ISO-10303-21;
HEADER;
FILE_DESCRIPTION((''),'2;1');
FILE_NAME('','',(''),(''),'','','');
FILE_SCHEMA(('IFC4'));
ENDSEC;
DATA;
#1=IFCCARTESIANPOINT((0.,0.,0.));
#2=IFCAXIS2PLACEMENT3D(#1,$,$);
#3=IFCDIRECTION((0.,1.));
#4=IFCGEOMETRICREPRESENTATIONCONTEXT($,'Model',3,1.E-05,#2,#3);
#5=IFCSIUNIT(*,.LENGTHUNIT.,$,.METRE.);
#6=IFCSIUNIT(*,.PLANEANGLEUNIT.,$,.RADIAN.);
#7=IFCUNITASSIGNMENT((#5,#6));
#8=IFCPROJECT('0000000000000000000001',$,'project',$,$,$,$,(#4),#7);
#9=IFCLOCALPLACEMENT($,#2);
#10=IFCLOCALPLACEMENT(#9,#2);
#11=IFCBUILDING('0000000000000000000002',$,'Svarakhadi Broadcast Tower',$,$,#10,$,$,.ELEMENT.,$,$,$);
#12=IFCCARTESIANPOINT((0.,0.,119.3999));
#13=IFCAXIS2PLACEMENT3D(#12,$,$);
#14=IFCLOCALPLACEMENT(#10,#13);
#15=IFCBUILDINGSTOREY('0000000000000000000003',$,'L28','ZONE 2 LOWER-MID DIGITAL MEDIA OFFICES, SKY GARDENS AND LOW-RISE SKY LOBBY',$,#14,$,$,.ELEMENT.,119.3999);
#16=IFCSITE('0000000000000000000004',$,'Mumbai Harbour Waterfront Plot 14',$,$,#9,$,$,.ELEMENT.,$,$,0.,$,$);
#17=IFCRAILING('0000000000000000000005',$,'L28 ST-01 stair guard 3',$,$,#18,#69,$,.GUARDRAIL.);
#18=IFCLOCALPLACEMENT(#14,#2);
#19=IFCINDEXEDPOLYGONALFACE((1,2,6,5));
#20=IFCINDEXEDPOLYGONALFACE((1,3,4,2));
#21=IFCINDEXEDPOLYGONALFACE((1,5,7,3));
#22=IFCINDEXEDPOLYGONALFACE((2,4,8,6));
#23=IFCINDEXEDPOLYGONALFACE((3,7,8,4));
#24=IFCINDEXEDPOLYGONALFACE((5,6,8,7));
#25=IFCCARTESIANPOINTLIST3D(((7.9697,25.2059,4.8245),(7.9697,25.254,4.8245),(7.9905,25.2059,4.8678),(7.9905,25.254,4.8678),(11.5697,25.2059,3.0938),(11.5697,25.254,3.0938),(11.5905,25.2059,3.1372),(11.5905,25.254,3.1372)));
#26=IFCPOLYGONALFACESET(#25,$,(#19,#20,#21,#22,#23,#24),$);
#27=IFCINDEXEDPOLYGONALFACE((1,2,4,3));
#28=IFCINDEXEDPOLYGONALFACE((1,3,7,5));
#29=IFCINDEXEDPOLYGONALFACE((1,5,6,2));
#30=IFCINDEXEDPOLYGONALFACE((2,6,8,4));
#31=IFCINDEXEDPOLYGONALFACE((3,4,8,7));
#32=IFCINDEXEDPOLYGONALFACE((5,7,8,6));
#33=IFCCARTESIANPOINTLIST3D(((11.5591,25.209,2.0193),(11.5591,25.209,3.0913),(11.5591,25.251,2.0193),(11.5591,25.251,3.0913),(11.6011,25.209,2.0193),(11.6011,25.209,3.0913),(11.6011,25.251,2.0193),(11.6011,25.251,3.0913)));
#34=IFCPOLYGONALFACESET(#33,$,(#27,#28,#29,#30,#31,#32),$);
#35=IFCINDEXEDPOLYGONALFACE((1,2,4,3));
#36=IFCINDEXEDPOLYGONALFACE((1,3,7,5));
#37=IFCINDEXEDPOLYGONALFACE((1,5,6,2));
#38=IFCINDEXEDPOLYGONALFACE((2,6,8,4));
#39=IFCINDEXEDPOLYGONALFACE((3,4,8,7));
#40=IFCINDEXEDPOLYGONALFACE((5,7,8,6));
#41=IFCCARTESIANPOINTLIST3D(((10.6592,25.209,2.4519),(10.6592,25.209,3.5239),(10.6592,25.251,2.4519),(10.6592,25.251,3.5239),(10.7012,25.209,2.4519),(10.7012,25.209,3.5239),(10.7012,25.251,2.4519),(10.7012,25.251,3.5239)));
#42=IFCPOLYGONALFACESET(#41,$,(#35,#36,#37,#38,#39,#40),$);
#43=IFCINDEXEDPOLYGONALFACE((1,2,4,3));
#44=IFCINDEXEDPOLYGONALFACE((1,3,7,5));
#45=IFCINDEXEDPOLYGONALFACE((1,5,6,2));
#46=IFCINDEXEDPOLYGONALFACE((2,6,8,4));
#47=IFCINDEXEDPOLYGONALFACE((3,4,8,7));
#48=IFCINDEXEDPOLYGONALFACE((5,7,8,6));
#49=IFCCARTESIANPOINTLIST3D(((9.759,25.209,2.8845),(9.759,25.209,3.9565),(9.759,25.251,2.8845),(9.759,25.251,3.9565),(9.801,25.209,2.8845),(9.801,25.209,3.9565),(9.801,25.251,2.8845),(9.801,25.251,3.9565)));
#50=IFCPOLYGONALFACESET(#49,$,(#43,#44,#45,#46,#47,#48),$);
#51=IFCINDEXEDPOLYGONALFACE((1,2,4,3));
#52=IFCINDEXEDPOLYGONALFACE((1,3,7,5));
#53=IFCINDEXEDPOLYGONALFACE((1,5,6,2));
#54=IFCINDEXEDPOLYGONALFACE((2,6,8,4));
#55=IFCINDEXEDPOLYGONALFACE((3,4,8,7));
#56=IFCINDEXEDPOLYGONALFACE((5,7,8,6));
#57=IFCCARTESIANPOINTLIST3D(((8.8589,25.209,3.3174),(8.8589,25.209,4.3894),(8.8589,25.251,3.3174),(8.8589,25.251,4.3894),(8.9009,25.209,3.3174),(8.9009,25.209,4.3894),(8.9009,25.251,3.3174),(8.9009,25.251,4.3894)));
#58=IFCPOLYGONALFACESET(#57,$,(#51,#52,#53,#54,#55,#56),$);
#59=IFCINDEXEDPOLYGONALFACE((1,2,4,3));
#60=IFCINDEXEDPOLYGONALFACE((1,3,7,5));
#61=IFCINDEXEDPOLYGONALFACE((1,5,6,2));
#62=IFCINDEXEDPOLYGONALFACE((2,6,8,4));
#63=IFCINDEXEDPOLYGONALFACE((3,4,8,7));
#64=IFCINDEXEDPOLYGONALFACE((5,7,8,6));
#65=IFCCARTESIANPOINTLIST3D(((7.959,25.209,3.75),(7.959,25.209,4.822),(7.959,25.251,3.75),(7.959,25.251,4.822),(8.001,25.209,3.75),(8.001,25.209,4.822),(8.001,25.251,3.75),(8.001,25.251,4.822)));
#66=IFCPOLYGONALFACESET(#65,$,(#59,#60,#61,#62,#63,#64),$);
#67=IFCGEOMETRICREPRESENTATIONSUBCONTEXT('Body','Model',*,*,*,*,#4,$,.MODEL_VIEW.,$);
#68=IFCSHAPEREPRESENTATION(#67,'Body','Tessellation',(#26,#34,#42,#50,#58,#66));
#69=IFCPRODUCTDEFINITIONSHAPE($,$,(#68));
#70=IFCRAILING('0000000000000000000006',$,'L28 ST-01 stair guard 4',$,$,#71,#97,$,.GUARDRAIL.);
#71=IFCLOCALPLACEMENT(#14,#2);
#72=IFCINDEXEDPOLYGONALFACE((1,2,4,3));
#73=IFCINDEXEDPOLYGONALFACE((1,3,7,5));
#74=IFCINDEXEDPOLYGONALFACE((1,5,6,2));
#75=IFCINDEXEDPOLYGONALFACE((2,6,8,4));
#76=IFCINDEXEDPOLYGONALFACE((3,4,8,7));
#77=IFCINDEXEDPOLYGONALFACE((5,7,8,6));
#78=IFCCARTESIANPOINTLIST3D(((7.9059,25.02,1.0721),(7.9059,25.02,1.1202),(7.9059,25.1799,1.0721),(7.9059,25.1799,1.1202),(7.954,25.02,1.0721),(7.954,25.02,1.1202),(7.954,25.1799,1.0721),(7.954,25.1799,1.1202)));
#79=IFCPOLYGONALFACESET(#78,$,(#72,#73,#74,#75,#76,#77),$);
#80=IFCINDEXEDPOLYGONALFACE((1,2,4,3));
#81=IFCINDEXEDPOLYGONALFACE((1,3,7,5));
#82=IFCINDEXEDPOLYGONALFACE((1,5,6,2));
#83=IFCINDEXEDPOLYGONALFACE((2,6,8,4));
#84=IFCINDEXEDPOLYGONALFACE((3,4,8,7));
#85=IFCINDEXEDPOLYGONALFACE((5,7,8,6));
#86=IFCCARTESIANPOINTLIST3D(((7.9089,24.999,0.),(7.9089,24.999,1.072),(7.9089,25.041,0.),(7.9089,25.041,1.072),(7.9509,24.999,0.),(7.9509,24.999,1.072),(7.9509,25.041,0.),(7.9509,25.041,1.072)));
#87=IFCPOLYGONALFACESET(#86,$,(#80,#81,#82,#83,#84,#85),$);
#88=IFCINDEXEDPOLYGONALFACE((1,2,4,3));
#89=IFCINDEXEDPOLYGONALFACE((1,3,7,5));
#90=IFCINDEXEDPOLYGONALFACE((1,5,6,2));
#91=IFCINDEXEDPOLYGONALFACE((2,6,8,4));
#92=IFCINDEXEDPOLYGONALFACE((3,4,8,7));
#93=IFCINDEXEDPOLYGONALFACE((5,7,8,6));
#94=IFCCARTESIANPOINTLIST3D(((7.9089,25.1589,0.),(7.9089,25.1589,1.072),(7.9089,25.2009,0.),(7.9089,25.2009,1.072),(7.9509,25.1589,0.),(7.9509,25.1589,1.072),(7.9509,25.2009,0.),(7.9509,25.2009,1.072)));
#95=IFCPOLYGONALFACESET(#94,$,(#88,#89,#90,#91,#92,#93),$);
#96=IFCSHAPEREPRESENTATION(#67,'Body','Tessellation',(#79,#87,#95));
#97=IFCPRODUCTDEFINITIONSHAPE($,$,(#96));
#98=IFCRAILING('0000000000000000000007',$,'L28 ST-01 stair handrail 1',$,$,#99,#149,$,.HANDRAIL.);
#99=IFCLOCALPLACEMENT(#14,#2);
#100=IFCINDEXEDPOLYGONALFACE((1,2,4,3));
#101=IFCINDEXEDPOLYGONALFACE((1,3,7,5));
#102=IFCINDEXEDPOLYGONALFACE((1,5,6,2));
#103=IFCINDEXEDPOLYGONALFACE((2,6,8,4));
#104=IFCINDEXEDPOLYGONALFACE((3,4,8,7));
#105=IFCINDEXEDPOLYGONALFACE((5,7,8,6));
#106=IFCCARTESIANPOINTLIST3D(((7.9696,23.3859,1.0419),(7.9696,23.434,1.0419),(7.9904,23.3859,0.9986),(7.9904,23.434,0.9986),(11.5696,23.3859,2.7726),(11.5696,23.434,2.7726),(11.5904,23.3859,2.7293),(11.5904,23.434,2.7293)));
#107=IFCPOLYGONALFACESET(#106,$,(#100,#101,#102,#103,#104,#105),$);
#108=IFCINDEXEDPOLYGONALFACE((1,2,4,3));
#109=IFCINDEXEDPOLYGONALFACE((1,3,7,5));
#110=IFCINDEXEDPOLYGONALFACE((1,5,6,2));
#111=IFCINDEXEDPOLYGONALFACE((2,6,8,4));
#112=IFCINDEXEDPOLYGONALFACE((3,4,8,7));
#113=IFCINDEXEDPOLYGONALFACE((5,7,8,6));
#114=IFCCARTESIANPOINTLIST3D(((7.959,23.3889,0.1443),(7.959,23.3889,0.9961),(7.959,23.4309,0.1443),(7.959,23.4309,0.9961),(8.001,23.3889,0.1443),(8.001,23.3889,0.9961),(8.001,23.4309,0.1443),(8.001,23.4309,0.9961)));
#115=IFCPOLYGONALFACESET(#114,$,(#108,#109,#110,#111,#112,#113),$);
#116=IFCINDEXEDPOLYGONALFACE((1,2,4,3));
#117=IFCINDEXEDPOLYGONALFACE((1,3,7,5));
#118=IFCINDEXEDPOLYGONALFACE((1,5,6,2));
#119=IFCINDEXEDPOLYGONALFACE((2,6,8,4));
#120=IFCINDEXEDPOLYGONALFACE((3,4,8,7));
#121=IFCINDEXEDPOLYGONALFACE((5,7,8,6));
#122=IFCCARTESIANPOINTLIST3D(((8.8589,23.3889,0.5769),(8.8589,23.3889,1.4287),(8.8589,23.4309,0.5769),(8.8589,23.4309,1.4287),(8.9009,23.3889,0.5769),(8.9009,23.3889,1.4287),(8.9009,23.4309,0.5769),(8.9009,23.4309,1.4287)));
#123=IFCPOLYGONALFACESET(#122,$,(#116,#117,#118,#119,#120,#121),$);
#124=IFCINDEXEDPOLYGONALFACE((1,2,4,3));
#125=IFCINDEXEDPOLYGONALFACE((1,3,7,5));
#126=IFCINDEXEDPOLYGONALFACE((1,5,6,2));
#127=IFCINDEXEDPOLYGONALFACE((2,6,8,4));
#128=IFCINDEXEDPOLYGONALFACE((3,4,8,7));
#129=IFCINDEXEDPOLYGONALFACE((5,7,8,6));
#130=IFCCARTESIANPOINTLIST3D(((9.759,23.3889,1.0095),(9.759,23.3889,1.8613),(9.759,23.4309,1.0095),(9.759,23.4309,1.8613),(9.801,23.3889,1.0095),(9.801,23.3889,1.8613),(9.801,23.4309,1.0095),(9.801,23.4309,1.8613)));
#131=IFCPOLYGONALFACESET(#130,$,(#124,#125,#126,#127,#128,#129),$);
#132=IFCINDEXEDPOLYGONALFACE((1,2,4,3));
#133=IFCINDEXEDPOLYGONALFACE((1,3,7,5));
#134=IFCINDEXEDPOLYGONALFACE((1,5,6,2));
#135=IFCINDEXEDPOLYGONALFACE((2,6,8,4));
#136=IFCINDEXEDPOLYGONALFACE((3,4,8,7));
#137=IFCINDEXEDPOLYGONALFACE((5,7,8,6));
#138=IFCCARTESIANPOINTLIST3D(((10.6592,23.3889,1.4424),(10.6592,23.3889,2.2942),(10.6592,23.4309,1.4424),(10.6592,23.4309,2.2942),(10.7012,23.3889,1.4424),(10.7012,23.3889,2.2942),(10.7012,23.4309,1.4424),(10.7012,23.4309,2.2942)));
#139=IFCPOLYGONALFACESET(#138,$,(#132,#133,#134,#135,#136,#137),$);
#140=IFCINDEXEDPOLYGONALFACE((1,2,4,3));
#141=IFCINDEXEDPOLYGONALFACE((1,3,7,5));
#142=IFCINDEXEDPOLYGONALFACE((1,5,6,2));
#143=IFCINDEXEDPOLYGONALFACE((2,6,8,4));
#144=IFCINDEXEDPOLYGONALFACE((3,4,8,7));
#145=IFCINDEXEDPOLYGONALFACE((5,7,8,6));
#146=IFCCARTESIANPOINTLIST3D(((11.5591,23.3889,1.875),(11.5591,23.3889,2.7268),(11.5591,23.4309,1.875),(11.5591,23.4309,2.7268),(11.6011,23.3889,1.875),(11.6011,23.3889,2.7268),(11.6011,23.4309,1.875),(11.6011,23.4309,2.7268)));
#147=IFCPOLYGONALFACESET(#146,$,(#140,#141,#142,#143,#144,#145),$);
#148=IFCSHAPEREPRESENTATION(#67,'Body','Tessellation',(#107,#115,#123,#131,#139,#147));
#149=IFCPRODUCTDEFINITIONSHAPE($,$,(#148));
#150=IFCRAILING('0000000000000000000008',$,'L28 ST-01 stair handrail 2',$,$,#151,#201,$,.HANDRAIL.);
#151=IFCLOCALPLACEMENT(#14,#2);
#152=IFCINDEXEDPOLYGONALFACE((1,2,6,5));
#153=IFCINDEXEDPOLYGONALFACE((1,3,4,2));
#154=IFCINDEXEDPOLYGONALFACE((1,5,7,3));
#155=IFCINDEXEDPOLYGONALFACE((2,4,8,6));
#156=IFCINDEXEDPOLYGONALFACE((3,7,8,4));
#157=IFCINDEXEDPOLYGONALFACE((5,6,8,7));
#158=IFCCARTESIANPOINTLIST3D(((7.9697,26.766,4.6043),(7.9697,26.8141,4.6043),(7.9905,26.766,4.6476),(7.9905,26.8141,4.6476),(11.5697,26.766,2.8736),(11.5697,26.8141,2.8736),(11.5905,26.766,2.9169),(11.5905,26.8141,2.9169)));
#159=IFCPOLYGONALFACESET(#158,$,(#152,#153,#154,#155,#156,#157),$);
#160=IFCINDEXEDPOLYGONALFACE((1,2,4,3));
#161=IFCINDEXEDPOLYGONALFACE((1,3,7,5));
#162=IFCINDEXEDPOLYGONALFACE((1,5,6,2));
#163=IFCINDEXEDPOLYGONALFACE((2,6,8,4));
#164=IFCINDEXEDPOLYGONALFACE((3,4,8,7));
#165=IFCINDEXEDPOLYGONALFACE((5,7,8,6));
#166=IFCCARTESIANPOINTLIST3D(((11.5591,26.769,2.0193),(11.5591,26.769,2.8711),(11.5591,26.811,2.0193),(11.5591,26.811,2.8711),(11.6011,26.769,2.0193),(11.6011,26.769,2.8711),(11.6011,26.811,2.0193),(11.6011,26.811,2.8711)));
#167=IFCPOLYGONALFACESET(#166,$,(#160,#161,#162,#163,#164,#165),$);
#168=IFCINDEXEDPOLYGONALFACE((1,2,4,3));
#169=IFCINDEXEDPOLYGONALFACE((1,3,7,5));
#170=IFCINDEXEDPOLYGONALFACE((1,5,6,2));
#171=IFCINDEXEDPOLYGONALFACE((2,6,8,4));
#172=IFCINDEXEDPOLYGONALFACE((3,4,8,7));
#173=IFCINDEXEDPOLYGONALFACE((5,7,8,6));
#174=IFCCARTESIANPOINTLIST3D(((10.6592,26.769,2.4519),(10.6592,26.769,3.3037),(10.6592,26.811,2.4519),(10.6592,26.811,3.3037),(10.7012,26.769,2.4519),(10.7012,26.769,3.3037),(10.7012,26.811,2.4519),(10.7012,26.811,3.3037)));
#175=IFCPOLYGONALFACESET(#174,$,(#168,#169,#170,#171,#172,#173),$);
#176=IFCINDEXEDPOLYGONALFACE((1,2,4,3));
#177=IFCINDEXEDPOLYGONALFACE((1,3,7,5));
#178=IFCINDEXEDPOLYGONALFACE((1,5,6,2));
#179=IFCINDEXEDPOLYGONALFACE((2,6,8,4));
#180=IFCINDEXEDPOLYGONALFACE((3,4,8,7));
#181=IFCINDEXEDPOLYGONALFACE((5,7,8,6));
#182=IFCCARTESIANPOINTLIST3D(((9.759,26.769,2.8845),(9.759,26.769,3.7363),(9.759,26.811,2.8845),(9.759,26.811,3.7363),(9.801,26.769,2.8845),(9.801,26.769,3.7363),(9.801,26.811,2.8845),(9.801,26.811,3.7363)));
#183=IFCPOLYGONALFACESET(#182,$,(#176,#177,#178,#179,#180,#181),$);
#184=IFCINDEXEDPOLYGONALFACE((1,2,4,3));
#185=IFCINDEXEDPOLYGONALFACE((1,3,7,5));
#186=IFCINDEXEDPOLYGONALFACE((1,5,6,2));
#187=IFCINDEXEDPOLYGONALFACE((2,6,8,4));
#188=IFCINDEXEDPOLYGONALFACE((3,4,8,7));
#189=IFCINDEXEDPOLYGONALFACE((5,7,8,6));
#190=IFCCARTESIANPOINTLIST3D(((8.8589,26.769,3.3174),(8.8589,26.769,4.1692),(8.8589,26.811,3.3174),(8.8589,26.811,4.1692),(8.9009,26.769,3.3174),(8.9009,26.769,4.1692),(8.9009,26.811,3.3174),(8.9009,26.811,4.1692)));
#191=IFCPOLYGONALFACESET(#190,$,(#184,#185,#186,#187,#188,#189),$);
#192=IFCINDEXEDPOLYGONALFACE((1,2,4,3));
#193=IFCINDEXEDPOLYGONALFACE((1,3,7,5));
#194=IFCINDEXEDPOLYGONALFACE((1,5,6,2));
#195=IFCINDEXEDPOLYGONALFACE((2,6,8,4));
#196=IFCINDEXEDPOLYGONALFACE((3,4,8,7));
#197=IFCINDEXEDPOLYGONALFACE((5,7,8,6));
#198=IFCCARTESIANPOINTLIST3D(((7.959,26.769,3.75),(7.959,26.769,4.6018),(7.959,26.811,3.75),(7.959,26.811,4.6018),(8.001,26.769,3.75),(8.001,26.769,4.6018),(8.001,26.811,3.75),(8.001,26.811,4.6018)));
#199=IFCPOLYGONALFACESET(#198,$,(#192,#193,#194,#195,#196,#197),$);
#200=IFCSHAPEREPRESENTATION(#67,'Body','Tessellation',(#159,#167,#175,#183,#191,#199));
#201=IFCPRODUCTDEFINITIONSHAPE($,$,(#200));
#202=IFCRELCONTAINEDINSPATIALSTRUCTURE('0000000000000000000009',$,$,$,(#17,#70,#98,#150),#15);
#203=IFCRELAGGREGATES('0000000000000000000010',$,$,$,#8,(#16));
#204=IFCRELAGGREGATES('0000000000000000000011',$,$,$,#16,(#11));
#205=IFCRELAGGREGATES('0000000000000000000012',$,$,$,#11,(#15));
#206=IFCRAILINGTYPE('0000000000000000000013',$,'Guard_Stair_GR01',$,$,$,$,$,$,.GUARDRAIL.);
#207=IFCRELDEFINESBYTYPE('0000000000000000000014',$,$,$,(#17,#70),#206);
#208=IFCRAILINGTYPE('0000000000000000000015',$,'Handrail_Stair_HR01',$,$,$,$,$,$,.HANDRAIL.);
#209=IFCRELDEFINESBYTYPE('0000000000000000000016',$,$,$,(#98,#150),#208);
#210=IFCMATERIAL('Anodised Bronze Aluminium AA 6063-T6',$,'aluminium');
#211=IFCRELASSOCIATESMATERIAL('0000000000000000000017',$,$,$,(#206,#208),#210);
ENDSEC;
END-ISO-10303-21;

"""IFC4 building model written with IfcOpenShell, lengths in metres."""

from ifc_helpers import new_model, si_unit, direction, frame, origin, origin_2d, place, context, subcontext, project, spatial, rectangle, extrude, material, type_object, element, save


model = new_model("IFC4")

# Units and contexts
model_context = context("Model", 3, precision=1e-05, world=origin(), true_north=direction((0.0, 1.0)))
body_context = subcontext(model_context, "Body", "Model", "MODEL_VIEW")
ifc_project = project(units=[si_unit("LENGTHUNIT", "METRE"), si_unit("PLANEANGLEUNIT", "RADIAN")], contexts=[model_context])

# Site, building, storey
site_placement = place(None, origin())
site = spatial("IfcSite", under=ifc_project, at=site_placement, Name="Mumbai Harbour Waterfront Plot 14", CompositionType="ELEMENT", RefElevation=0.0)
building_placement = place(site_placement, origin())
building = spatial("IfcBuilding", under=site, at=building_placement, Name="Svarakhadi Broadcast Tower", CompositionType="ELEMENT")
storey_placement = place(building_placement, frame((0.0, 0.0, 119.3999)))
storey = spatial("IfcBuildingStorey", under=building, at=storey_placement, Name="L28", Description="ZONE 2 LOWER-MID DIGITAL MEDIA OFFICES, SKY GARDENS AND LOW-RISE SKY LOBBY", CompositionType="ELEMENT", Elevation=119.3999)

# Railings
ifc_material_1 = material(Name="Anodised Bronze Aluminium AA 6063-T6", Category="aluminium")
railing_type_1 = type_object("IfcRailingType", Name="Guard_Stair_GR01", PredefinedType="GUARDRAIL", material=ifc_material_1)
railing_1_placement = place(storey_placement, frame((11.5801, 25.23, 2.0193)))
element("IfcRailing", 1, at=railing_1_placement, inside=storey, type_object=railing_type_1, Name="L28 ST-01 stair guard 3", PredefinedType="GUARDRAIL", context=body_context, shape_type="SweptSolid", body=[
    extrude(rectangle(XDim=0.0481, YDim=0.0481, at=origin_2d()), frame((0.0, 0.0, 1.0962), z_axis=(-0.901263, 0.0, 0.433273), x_axis=(0.0, -1.0, 0.0)), (0.0, 0.0, 1.0), 3.9944),
    extrude(rectangle(XDim=0.042, YDim=0.042, at=origin_2d()), origin(), (0.0, 0.0, 1.0), 1.072),
    extrude(rectangle(XDim=0.042, YDim=0.042, at=origin_2d()), frame((-0.8999, 0.0, 0.4326)), (0.0, 0.0, 1.0), 1.072),
    extrude(rectangle(XDim=0.042, YDim=0.042, at=origin_2d()), frame((-1.8, 0.0, 0.8652)), (0.0, 0.0, 1.0), 1.072),
    extrude(rectangle(XDim=0.042, YDim=0.042, at=origin_2d()), frame((-2.7002, 0.0, 1.2981)), (0.0, 0.0, 1.0), 1.072),
    extrude(rectangle(XDim=0.042, YDim=0.042, at=origin_2d()), frame((-3.6001, 0.0, 1.7307)), (0.0, 0.0, 1.0), 1.072),
])
railing_2_placement = place(storey_placement, frame((7.9299, 25.02, 0.0)))
element("IfcRailing", 2, at=railing_2_placement, inside=storey, type_object=railing_type_1, Name="L28 ST-01 stair guard 4", PredefinedType="GUARDRAIL", context=body_context, shape_type="SweptSolid", body=[
    extrude(rectangle(XDim=0.0481, YDim=0.0481, at=origin_2d()), frame((0.0, 0.0, 1.0962), z_axis=(0.0, 1.0, 0.0), x_axis=(-1.0, 0.0, 0.0)), (0.0, 0.0, 1.0), 0.1599),
    extrude(rectangle(XDim=0.042, YDim=0.042, at=origin_2d()), origin(), (0.0, 0.0, 1.0), 1.072),
    extrude(rectangle(XDim=0.042, YDim=0.042, at=origin_2d()), frame((0.0, 0.1599, 0.0)), (0.0, 0.0, 1.0), 1.072),
])
railing_type_2 = type_object("IfcRailingType", Name="Handrail_Stair_HR01", PredefinedType="HANDRAIL", material=ifc_material_1)
railing_3_placement = place(storey_placement, frame((7.98, 23.4099, 0.1443)))
element("IfcRailing", 3, at=railing_3_placement, inside=storey, type_object=railing_type_2, Name="L28 ST-01 stair handrail 1", PredefinedType="HANDRAIL", context=body_context, shape_type="SweptSolid", body=[
    extrude(rectangle(XDim=0.0481, YDim=0.0481, at=origin_2d()), frame((0.0, 0.0, 0.876), z_axis=(0.901263, 0.0, 0.433273), x_axis=(0.0, 1.0, 0.0)), (0.0, 0.0, 1.0), 3.9944),
    extrude(rectangle(XDim=0.042, YDim=0.042, at=origin_2d()), origin(), (0.0, 0.0, 1.0), 0.8518),
    extrude(rectangle(XDim=0.042, YDim=0.042, at=origin_2d()), frame((0.8999, 0.0, 0.4326)), (0.0, 0.0, 1.0), 0.8518),
    extrude(rectangle(XDim=0.042, YDim=0.042, at=origin_2d()), frame((1.8, 0.0, 0.8652)), (0.0, 0.0, 1.0), 0.8518),
    extrude(rectangle(XDim=0.042, YDim=0.042, at=origin_2d()), frame((2.7002, 0.0, 1.2981)), (0.0, 0.0, 1.0), 0.8518),
    extrude(rectangle(XDim=0.042, YDim=0.042, at=origin_2d()), frame((3.6001, 0.0, 1.7307)), (0.0, 0.0, 1.0), 0.8518),
])
railing_4_placement = place(storey_placement, frame((11.5801, 26.79, 2.0193)))
element("IfcRailing", 4, at=railing_4_placement, inside=storey, type_object=railing_type_2, Name="L28 ST-01 stair handrail 2", PredefinedType="HANDRAIL", context=body_context, shape_type="SweptSolid", body=[
    extrude(rectangle(XDim=0.0481, YDim=0.0481, at=origin_2d()), frame((0.0, 0.0, 0.876), z_axis=(-0.901263, 0.0, 0.433273), x_axis=(0.0, -1.0, 0.0)), (0.0, 0.0, 1.0), 3.9944),
    extrude(rectangle(XDim=0.042, YDim=0.042, at=origin_2d()), origin(), (0.0, 0.0, 1.0), 0.8518),
    extrude(rectangle(XDim=0.042, YDim=0.042, at=origin_2d()), frame((-0.8999, 0.0, 0.4326)), (0.0, 0.0, 1.0), 0.8518),
    extrude(rectangle(XDim=0.042, YDim=0.042, at=origin_2d()), frame((-1.8, 0.0, 0.8652)), (0.0, 0.0, 1.0), 0.8518),
    extrude(rectangle(XDim=0.042, YDim=0.042, at=origin_2d()), frame((-2.7002, 0.0, 1.2981)), (0.0, 0.0, 1.0), 0.8518),
    extrude(rectangle(XDim=0.042, YDim=0.042, at=origin_2d()), frame((-3.6001, 0.0, 1.7307)), (0.0, 0.0, 1.0), 0.8518),
])

save(model, "model.ifc")
